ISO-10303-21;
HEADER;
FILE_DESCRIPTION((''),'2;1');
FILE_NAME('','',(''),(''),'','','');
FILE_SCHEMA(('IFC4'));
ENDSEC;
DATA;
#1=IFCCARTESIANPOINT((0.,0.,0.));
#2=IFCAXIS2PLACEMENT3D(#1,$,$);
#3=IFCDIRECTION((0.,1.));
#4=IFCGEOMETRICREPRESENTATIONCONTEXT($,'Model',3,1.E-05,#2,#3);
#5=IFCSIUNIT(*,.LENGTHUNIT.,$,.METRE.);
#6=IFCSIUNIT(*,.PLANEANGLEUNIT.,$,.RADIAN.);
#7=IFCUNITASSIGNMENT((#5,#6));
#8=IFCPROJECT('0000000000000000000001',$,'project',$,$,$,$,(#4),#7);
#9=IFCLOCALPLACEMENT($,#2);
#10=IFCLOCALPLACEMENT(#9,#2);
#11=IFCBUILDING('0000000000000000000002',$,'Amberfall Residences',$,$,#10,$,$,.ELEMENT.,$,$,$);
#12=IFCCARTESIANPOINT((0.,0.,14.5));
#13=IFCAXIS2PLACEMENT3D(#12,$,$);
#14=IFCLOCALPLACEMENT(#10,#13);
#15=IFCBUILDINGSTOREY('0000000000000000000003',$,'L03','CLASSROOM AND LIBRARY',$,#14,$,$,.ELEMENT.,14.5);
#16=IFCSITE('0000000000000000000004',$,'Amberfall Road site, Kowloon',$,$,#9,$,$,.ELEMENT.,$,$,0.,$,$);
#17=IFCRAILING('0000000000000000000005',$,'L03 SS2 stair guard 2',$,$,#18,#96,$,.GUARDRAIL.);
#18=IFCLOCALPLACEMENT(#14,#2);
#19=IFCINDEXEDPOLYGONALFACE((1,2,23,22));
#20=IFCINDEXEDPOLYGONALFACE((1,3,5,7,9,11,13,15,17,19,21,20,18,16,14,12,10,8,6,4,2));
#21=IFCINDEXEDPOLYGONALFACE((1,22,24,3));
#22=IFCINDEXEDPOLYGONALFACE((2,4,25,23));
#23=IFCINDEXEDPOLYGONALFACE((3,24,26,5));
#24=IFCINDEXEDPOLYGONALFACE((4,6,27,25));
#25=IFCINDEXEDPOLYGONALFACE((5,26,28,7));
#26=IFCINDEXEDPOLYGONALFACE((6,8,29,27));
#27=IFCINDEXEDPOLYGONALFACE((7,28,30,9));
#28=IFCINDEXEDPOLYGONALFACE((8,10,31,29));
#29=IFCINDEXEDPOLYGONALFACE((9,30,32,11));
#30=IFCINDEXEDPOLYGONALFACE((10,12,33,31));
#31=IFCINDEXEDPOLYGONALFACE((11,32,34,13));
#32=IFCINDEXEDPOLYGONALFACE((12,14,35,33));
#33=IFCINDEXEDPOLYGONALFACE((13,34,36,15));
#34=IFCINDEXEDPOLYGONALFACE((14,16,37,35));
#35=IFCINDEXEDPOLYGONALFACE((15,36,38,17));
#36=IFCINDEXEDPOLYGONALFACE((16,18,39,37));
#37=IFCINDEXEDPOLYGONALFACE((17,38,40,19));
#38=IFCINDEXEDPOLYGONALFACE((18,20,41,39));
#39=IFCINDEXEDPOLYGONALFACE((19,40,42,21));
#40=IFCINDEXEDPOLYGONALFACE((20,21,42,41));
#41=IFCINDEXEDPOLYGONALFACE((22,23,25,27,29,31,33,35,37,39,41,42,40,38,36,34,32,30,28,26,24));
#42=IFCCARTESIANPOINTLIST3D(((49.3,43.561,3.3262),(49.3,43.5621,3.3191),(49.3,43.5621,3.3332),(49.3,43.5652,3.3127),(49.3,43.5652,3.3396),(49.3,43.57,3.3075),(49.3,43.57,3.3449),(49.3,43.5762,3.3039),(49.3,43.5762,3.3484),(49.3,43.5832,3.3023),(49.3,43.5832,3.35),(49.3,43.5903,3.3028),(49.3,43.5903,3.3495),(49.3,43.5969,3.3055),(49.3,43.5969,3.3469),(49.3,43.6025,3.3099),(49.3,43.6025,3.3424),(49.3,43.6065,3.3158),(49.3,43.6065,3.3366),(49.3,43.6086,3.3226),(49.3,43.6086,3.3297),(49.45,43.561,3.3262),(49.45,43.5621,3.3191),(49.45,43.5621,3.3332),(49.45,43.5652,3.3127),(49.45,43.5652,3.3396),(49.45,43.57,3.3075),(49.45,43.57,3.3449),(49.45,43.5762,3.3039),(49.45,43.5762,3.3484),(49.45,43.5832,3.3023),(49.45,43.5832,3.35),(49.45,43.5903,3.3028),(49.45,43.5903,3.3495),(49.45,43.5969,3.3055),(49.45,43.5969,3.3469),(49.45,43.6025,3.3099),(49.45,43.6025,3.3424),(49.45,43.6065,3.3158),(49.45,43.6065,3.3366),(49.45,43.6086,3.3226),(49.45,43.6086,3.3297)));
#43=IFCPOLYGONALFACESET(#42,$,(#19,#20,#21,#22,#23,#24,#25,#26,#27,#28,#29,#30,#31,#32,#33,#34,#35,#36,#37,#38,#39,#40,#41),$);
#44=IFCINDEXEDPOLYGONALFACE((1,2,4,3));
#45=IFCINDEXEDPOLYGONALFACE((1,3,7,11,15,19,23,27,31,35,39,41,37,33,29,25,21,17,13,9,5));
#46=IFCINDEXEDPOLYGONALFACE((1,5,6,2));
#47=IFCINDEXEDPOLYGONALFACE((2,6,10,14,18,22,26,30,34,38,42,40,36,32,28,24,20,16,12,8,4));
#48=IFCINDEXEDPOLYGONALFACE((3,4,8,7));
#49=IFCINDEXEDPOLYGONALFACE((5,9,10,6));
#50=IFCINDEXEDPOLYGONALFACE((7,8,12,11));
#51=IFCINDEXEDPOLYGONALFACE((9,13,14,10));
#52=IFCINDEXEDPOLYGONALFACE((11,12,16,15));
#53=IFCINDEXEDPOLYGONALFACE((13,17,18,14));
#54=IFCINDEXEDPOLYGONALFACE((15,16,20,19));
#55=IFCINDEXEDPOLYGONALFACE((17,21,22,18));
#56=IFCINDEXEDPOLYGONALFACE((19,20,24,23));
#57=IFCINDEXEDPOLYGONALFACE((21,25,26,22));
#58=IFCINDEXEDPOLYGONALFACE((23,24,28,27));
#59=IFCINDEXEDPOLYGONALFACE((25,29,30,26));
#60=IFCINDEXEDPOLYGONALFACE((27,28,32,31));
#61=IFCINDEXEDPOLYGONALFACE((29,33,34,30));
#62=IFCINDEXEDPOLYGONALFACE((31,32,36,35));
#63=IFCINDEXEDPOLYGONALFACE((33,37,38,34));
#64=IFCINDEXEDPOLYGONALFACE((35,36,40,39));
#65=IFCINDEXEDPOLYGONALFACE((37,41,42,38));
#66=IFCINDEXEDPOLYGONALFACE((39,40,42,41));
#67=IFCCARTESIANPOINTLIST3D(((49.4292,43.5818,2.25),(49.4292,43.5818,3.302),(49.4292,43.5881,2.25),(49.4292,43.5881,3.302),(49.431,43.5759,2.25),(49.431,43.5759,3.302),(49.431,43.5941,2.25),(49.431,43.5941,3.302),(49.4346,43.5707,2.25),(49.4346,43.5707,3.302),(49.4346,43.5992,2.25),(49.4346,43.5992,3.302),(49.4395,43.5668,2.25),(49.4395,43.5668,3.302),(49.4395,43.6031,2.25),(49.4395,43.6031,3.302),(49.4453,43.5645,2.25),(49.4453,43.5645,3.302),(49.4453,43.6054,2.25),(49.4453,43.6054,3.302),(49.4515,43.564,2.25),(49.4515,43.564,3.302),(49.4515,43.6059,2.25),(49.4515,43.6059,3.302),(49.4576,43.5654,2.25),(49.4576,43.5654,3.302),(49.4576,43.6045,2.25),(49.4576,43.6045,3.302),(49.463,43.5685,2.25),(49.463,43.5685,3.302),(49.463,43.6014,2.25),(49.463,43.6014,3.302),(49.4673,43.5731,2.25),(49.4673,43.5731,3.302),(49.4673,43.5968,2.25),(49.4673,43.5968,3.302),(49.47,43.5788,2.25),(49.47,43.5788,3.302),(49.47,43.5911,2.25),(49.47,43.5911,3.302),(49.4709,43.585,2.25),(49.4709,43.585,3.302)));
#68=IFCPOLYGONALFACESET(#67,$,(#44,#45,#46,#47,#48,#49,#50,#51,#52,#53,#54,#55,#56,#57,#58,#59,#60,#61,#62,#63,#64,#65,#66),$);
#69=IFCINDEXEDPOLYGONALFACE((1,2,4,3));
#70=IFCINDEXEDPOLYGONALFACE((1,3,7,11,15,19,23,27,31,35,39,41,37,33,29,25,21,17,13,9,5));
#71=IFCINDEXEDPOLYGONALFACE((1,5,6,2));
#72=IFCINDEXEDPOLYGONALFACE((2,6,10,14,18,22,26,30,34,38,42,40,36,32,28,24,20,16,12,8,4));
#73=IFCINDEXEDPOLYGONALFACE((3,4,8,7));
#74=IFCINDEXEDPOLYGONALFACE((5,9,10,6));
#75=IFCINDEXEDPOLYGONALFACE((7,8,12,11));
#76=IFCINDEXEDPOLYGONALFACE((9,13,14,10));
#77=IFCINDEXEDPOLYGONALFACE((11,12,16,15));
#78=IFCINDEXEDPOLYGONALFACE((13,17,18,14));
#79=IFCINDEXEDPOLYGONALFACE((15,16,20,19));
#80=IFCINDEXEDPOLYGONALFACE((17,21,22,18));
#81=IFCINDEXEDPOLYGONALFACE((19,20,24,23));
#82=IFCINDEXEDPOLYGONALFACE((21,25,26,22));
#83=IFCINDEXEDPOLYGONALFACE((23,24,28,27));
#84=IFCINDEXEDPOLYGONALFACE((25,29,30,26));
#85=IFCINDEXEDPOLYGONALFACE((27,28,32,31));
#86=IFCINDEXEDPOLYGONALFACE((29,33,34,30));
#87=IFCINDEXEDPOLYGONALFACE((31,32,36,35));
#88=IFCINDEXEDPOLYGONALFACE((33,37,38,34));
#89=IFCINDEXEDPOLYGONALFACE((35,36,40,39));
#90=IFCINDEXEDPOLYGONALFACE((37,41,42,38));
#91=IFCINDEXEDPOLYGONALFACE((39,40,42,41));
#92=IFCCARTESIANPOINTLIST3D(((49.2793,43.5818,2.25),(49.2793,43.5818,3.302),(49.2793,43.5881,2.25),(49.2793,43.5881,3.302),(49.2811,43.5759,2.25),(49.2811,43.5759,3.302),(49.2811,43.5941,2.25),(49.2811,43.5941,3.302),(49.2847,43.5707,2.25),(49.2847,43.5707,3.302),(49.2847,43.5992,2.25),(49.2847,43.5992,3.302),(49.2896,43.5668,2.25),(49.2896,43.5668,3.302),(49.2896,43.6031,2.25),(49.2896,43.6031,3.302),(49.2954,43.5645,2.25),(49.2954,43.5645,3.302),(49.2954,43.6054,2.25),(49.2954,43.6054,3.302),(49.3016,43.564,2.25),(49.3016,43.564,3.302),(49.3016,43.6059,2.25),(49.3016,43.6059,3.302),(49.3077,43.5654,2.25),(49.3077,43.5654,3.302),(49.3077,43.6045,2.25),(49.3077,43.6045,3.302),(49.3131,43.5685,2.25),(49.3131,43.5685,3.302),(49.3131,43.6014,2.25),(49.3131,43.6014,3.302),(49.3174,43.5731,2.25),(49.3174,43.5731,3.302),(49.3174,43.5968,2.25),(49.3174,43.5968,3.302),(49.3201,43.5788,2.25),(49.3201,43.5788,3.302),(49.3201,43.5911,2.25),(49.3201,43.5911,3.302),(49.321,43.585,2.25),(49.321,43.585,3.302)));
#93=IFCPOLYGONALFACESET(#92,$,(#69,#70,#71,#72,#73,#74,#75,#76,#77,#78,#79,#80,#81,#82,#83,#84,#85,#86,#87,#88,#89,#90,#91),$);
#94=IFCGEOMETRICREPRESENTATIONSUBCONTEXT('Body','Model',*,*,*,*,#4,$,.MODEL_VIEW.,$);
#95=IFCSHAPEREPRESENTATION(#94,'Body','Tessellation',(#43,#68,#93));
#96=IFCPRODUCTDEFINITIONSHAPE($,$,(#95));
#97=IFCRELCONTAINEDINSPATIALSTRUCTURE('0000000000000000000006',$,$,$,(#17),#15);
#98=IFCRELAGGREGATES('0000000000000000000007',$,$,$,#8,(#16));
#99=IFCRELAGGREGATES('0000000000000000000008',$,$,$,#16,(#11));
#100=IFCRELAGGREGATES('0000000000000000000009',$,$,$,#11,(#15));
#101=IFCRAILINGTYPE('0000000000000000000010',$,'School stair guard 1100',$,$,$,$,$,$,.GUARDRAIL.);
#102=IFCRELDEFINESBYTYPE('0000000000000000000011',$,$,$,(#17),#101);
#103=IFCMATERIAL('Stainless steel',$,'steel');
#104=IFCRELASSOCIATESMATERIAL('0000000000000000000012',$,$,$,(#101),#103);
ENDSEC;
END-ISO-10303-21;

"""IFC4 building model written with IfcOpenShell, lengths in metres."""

from ifc_helpers import new_model, si_unit, direction, frame, origin, origin_2d, place, context, subcontext, project, spatial, circle, extrude, material, type_object, element, save


model = new_model("IFC4")

# Units and contexts
model_context = context("Model", 3, precision=1e-05, world=origin(), true_north=direction((0.0, 1.0)))
body_context = subcontext(model_context, "Body", "Model", "MODEL_VIEW")
ifc_project = project(units=[si_unit("LENGTHUNIT", "METRE"), si_unit("PLANEANGLEUNIT", "RADIAN")], contexts=[model_context])

# Site, building, storey
site_placement = place(None, origin())
site = spatial("IfcSite", under=ifc_project, at=site_placement, Name="Amberfall Road site, Kowloon", CompositionType="ELEMENT", RefElevation=0.0)
building_placement = place(site_placement, origin())
building = spatial("IfcBuilding", under=site, at=building_placement, Name="Amberfall Residences", CompositionType="ELEMENT")
storey_placement = place(building_placement, frame((0.0, 0.0, 14.5)))
storey = spatial("IfcBuildingStorey", under=building, at=storey_placement, Name="L03", Description="CLASSROOM AND LIBRARY", CompositionType="ELEMENT", Elevation=14.5)

# Railing
ifc_material_1 = material(Name="Stainless steel", Category="steel")
railing_type_1 = type_object("IfcRailingType", Name="School stair guard 1100", PredefinedType="GUARDRAIL", material=ifc_material_1)
railing_1_placement = place(storey_placement, frame((49.45, 43.585, 2.25)))
element("IfcRailing", 1, at=railing_1_placement, inside=storey, type_object=railing_type_1, Name="L03 SS2 stair guard 2", PredefinedType="GUARDRAIL", context=body_context, shape_type="SweptSolid", body=[
    extrude(circle(Radius=0.0239, at=origin_2d()), frame((0.0, 0.0, 1.0762), z_axis=(-1.0, 0.0, 0.0), x_axis=(0.0, -1.0, 0.0)), (0.0, 0.0, 1.0), 0.1499),
    extrude(circle(Radius=0.021, at=origin_2d()), origin(), (0.0, 0.0, 1.0), 1.052),
    extrude(circle(Radius=0.021, at=origin_2d()), frame((-0.1499, 0.0, 0.0)), (0.0, 0.0, 1.0), 1.052),
])

save(model, "model.ifc")
